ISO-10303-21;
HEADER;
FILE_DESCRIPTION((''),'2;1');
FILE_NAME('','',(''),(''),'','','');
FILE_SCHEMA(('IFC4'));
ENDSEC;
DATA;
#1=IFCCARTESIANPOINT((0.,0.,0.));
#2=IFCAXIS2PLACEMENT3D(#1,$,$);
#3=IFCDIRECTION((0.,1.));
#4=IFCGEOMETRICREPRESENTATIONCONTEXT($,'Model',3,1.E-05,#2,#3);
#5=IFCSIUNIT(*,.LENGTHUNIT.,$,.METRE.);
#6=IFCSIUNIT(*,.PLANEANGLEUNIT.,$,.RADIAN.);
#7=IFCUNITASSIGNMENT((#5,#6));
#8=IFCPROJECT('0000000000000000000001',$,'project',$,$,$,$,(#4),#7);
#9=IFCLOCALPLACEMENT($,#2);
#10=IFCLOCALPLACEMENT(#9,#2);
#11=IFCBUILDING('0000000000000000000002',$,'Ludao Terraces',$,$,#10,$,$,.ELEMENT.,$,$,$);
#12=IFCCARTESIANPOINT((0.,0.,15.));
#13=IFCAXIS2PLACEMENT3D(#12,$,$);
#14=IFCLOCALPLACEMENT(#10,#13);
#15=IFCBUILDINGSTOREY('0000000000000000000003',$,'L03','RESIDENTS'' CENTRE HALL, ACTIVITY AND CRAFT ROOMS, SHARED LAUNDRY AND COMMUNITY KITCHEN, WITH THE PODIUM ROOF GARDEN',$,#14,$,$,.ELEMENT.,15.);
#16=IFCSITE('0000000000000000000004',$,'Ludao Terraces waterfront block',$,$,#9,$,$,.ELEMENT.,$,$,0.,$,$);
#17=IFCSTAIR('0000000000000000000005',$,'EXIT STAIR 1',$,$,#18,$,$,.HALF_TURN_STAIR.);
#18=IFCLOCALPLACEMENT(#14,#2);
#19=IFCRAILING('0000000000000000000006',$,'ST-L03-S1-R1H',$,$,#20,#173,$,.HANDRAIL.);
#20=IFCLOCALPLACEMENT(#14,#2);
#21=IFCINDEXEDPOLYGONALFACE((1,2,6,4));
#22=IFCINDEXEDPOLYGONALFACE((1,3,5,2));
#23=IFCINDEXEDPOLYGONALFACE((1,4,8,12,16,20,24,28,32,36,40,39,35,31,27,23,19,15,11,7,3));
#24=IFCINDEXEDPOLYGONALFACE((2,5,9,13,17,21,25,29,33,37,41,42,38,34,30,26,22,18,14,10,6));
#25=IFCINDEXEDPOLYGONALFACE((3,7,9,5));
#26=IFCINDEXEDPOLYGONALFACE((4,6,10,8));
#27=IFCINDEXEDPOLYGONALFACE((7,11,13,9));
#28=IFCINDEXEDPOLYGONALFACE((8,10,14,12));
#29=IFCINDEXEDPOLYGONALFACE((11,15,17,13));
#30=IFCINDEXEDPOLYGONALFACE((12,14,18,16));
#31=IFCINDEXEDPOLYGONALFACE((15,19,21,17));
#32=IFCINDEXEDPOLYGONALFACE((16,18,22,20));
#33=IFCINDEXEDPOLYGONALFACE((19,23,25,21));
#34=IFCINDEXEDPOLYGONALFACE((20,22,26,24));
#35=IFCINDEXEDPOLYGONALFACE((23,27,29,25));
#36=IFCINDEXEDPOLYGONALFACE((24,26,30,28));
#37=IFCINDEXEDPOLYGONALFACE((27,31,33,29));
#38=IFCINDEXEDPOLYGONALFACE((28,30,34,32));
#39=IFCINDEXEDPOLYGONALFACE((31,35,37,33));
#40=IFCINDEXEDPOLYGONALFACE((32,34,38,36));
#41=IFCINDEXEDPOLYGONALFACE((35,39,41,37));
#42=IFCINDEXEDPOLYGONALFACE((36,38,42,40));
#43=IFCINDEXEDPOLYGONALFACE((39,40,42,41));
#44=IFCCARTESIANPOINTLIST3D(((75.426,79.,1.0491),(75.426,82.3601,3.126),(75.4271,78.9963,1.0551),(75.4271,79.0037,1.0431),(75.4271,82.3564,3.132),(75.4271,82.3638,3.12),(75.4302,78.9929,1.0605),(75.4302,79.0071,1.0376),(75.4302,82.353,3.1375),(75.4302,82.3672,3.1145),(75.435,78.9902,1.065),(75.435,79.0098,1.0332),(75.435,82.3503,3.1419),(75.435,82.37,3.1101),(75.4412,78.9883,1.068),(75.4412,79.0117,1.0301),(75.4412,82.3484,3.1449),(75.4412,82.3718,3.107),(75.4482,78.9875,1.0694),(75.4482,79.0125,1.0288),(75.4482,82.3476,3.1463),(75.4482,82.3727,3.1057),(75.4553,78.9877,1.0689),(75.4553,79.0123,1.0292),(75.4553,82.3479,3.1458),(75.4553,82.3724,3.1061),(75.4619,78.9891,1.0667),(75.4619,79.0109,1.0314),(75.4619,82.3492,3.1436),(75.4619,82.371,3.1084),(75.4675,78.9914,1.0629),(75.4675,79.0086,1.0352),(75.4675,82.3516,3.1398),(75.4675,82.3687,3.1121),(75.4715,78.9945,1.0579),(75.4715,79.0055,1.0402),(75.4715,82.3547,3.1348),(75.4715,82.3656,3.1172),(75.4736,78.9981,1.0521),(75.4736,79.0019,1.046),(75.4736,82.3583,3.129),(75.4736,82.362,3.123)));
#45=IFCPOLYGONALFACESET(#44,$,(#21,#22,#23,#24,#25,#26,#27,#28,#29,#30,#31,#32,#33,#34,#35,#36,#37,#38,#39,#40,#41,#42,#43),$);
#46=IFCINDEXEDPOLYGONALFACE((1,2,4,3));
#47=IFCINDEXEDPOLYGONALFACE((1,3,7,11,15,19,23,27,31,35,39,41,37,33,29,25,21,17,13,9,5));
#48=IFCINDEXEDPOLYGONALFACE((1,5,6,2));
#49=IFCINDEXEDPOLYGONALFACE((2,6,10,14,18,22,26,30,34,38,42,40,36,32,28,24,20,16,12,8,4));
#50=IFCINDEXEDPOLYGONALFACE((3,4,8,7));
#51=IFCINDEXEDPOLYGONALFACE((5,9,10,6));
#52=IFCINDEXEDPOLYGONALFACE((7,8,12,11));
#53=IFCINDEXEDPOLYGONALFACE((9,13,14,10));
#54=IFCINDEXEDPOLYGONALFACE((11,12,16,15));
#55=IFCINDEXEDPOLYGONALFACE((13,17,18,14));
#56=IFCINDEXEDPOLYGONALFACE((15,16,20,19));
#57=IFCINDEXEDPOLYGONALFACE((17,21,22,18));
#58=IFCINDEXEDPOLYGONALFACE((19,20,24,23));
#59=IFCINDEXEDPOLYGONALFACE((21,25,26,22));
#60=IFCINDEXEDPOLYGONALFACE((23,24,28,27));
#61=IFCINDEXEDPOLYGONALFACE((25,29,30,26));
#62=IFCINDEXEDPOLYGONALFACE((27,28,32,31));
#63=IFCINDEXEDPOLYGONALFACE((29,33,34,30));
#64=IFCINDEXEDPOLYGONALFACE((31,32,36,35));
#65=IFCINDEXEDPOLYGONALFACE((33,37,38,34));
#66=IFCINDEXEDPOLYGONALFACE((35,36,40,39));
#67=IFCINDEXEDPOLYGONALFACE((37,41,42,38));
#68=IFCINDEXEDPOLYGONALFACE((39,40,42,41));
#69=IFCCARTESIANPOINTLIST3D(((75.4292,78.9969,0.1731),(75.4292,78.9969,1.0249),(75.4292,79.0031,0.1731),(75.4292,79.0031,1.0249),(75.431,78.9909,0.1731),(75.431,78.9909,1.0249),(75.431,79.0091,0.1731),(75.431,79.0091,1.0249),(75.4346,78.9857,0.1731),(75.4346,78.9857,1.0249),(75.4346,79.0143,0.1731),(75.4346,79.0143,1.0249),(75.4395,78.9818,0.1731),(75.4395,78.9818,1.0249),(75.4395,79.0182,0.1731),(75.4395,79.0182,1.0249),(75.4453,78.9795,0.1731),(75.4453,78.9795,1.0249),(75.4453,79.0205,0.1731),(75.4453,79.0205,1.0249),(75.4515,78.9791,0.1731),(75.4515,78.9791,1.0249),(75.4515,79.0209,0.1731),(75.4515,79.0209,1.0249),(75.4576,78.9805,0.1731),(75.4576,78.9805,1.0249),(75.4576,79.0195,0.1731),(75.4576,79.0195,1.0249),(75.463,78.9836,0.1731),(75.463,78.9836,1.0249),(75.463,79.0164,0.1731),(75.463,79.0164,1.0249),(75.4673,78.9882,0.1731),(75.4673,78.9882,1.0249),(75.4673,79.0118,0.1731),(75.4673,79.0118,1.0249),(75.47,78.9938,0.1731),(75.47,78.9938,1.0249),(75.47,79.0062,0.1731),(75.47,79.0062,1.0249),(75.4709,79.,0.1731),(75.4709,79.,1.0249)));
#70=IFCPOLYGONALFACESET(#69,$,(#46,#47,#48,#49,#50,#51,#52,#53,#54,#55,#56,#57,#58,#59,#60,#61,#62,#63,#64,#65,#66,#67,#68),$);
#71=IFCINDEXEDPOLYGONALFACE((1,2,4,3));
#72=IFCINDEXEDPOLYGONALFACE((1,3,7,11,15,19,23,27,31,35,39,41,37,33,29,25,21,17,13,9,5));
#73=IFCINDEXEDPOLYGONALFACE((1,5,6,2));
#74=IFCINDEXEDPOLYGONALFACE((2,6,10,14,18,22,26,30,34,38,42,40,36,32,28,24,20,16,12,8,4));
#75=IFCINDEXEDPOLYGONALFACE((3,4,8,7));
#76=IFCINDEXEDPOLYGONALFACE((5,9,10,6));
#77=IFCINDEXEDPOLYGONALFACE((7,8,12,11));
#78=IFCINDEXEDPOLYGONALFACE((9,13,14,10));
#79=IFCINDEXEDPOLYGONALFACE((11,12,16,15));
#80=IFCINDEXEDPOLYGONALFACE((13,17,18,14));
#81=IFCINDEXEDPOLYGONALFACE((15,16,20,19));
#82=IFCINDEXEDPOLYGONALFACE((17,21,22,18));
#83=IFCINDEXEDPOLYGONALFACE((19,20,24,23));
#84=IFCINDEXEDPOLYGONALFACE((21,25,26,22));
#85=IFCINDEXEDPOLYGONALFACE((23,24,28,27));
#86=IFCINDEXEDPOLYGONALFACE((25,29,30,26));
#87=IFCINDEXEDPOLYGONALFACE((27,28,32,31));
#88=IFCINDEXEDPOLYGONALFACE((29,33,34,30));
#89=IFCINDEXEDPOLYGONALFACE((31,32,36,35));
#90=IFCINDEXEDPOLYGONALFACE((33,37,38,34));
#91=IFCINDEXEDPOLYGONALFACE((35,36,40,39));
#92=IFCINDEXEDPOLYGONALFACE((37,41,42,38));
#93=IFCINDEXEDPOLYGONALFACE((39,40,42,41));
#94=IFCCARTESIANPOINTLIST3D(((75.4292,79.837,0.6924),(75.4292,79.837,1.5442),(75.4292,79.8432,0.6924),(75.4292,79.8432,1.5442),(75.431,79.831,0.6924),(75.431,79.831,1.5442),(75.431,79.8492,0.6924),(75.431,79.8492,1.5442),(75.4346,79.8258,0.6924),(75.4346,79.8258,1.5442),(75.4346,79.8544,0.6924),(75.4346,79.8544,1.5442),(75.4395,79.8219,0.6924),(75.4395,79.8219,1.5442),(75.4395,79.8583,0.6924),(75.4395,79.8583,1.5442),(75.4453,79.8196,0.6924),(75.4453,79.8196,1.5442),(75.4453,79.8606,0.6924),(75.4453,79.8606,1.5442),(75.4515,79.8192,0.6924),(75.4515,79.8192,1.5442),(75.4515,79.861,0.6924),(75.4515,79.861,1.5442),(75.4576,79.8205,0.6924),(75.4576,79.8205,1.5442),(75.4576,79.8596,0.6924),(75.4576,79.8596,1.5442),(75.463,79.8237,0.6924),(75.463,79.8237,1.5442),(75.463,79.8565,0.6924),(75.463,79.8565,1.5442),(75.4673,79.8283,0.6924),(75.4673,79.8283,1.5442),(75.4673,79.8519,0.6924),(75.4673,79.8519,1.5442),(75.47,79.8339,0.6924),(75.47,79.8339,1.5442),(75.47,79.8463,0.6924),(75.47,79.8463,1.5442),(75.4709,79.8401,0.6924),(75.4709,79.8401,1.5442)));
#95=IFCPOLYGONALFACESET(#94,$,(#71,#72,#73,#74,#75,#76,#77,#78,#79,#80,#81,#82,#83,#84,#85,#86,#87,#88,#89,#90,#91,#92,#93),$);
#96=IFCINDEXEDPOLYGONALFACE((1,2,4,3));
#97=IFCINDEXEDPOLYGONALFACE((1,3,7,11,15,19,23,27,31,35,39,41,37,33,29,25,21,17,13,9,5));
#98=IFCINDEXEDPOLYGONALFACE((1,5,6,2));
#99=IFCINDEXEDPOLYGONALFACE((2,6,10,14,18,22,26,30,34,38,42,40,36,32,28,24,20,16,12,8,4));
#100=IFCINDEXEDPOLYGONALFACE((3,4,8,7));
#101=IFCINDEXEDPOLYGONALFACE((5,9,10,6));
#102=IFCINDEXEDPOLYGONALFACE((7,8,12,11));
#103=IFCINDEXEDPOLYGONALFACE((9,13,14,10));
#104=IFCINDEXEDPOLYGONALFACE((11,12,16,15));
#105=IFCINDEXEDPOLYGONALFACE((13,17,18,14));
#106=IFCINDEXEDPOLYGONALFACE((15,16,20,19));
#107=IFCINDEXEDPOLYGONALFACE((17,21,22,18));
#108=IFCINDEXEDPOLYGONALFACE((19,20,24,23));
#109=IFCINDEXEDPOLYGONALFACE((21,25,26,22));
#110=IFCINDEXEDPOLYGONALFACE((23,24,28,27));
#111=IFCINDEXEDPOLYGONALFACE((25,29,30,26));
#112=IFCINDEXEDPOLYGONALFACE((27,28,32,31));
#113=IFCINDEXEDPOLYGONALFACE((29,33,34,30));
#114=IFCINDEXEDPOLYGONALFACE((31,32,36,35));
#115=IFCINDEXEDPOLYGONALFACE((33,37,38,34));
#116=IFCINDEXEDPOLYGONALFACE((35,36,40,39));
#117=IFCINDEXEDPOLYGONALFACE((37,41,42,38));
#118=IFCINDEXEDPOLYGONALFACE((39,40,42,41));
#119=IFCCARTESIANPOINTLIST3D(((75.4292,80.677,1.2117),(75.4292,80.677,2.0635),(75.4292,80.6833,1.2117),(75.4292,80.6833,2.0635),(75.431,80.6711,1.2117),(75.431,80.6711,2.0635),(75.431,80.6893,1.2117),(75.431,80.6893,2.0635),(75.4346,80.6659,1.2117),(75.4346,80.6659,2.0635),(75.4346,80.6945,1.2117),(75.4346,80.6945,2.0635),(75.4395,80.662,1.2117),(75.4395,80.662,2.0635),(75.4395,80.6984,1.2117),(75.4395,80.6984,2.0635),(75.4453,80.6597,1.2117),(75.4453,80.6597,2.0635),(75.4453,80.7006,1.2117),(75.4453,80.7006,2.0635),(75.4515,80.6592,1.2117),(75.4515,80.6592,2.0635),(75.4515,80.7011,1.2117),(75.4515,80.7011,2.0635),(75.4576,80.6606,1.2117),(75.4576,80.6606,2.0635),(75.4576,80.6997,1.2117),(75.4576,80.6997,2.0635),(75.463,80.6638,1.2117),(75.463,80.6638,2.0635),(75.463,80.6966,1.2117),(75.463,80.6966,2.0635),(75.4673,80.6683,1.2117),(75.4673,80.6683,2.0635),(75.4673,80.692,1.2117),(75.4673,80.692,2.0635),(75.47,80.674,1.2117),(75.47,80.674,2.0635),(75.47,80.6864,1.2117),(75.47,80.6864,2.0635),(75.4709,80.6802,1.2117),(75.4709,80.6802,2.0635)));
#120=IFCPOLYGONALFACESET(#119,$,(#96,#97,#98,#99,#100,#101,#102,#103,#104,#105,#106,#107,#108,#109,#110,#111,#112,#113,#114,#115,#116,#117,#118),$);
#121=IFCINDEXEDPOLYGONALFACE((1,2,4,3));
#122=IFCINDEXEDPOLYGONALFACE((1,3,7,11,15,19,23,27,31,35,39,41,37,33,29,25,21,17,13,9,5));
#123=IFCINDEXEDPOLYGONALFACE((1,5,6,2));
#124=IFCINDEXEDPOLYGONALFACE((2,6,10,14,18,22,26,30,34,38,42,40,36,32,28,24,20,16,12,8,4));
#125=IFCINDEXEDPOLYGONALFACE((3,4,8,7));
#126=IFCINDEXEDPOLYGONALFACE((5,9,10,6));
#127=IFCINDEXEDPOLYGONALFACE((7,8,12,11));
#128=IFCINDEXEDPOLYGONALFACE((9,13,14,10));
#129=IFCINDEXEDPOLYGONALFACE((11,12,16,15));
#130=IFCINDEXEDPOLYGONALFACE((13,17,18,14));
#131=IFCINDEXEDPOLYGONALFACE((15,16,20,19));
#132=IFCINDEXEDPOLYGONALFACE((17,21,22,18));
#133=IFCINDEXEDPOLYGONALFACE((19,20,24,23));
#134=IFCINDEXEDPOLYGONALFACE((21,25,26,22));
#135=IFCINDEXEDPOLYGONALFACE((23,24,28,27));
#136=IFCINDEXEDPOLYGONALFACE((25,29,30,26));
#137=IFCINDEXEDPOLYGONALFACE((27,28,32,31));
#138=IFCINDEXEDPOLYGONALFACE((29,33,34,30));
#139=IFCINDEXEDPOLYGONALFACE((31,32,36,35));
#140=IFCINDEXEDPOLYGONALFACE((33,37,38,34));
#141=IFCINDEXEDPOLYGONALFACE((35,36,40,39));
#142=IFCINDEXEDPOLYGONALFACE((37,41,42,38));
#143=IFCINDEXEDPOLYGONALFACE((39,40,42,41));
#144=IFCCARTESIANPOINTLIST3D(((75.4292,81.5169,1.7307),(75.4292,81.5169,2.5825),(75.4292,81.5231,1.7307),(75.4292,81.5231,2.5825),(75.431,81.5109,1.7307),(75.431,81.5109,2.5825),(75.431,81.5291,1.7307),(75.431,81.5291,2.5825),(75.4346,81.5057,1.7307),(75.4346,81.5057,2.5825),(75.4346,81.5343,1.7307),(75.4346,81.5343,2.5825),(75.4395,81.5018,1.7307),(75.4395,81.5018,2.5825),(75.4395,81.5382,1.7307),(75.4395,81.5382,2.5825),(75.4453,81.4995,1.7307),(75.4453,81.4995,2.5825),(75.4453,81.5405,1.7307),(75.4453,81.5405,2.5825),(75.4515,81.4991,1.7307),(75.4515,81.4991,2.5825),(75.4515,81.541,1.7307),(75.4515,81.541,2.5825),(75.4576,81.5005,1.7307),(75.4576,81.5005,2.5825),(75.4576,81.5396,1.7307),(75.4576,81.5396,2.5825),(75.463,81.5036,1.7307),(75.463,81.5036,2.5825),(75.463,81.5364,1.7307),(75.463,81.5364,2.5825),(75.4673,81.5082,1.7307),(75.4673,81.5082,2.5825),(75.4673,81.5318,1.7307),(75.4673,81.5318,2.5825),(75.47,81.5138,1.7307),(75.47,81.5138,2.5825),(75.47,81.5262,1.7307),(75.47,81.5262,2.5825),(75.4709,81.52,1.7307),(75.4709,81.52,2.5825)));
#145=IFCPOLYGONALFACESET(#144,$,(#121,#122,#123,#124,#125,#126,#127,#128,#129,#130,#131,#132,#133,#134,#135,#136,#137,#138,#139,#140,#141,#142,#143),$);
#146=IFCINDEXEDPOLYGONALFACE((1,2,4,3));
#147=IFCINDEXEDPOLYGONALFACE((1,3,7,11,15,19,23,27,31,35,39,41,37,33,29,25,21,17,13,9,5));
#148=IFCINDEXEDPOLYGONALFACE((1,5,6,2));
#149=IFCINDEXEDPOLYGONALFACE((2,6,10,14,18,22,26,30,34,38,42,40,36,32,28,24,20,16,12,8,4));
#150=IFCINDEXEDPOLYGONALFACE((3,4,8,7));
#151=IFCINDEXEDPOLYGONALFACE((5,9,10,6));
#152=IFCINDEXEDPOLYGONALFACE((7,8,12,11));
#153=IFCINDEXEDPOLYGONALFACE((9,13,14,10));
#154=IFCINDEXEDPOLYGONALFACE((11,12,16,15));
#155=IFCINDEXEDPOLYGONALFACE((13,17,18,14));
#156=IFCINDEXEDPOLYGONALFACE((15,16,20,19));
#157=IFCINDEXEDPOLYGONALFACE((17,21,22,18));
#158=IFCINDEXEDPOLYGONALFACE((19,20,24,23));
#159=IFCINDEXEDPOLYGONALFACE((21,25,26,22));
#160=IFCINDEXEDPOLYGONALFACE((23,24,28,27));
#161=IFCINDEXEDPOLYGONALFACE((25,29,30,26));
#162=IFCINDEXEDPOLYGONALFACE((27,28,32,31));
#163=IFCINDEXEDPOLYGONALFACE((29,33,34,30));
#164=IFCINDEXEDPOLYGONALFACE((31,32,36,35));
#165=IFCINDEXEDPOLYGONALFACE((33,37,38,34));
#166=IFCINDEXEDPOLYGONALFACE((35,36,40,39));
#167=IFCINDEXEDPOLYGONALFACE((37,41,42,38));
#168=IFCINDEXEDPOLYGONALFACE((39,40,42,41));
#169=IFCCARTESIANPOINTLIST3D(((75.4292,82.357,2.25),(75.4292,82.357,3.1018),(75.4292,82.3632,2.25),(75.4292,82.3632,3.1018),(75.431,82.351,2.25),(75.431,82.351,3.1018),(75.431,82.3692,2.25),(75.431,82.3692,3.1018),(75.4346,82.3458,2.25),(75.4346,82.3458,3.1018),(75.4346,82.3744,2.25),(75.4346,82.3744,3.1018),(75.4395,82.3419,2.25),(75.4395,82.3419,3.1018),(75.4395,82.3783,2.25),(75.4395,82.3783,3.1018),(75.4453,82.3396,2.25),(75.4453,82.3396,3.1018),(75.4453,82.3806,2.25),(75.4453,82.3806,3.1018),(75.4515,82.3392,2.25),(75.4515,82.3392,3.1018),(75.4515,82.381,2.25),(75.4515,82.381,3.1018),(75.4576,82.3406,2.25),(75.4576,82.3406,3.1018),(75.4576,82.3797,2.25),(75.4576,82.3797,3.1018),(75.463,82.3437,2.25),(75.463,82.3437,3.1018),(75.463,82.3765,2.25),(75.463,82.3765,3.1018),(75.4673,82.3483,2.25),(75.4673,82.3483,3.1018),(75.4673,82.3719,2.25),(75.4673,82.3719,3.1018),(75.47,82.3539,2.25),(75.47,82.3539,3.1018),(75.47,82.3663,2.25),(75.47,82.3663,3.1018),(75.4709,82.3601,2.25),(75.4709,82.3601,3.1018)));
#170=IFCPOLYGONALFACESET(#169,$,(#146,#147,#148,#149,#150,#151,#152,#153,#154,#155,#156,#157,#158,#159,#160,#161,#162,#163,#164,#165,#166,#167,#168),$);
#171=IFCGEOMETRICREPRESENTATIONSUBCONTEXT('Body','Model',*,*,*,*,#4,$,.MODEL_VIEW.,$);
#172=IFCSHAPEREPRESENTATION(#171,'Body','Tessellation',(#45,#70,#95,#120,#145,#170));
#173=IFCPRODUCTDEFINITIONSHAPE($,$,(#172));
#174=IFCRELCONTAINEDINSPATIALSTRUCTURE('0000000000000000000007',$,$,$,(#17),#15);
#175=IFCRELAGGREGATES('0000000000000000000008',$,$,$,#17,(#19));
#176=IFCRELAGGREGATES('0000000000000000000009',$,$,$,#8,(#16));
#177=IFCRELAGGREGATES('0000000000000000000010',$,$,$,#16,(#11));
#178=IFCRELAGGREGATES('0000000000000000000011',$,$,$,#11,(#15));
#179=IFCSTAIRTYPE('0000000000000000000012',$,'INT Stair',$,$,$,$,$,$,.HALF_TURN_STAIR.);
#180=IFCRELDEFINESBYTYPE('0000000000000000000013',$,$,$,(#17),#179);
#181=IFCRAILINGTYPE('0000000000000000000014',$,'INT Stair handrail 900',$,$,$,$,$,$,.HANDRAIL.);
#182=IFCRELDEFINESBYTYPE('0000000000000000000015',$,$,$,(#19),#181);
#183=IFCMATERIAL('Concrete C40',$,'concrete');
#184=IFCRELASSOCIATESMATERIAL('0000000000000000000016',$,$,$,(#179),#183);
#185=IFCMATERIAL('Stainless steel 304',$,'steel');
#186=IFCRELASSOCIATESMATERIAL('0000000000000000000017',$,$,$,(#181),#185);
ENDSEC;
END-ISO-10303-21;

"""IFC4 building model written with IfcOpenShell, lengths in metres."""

from ifc_helpers import new_model, si_unit, direction, frame, origin, origin_2d, place, context, subcontext, project, spatial, circle, extrude, material, type_object, element, aggregate, save


model = new_model("IFC4")

# Units and contexts
model_context = context("Model", 3, precision=1e-05, world=origin(), true_north=direction((0.0, 1.0)))
body_context = subcontext(model_context, "Body", "Model", "MODEL_VIEW")
ifc_project = project(units=[si_unit("LENGTHUNIT", "METRE"), si_unit("PLANEANGLEUNIT", "RADIAN")], contexts=[model_context])

# Site, building, storey
site_placement = place(None, origin())
site = spatial("IfcSite", under=ifc_project, at=site_placement, Name="Ludao Terraces waterfront block", CompositionType="ELEMENT", RefElevation=0.0)
building_placement = place(site_placement, origin())
building = spatial("IfcBuilding", under=site, at=building_placement, Name="Ludao Terraces", CompositionType="ELEMENT")
storey_placement = place(building_placement, frame((0.0, 0.0, 15.0)))
storey = spatial("IfcBuildingStorey", under=building, at=storey_placement, Name="L03", Description="RESIDENTS' CENTRE HALL, ACTIVITY AND CRAFT ROOMS, SHARED LAUNDRY AND COMMUNITY KITCHEN, WITH THE PODIUM ROOF GARDEN", CompositionType="ELEMENT", Elevation=15.0)

# Shared definitions
ifc_material_1 = material(Name="Stainless steel 304", Category="steel")

# Stair, railing
ifc_material_2 = material(Name="Concrete C40", Category="concrete")
stair_type = type_object("IfcStairType", Name="INT Stair", PredefinedType="HALF_TURN_STAIR", material=ifc_material_2)
stair_placement = place(storey_placement, origin())
stair = element("IfcStair", 1, at=stair_placement, inside=storey, type_object=stair_type, Name="EXIT STAIR 1", PredefinedType="HALF_TURN_STAIR")
railing_type_1 = type_object("IfcRailingType", Name="INT Stair handrail 900", PredefinedType="HANDRAIL", material=ifc_material_1)
railing_1_placement = place(storey_placement, frame((75.45, 79.0, 0.1731)))
railing_1 = element("IfcRailing", 2, at=railing_1_placement, type_object=railing_type_1, Name="ST-L03-S1-R1H", PredefinedType="HANDRAIL", context=body_context, shape_type="SweptSolid", body=[
    extrude(circle(Radius=0.0239, at=origin_2d()), frame((0.0, 0.0, 0.876), z_axis=(0.0, 0.850623, 0.525776), x_axis=(-1.0, 0.0, 0.0)), (0.0, 0.0, 1.0), 3.9502),
    extrude(circle(Radius=0.021, at=origin_2d()), origin(), (0.0, 0.0, 1.0), 0.8518),
    extrude(circle(Radius=0.021, at=origin_2d()), frame((0.0, 0.8401, 0.5193)), (0.0, 0.0, 1.0), 0.8518),
    extrude(circle(Radius=0.021, at=origin_2d()), frame((0.0, 1.6802, 1.0386)), (0.0, 0.0, 1.0), 0.8518),
    extrude(circle(Radius=0.021, at=origin_2d()), frame((0.0, 2.52, 1.5576)), (0.0, 0.0, 1.0), 0.8518),
    extrude(circle(Radius=0.021, at=origin_2d()), frame((0.0, 3.3601, 2.0769)), (0.0, 0.0, 1.0), 0.8518),
])
aggregate(stair, [railing_1])

save(model, "model.ifc")
